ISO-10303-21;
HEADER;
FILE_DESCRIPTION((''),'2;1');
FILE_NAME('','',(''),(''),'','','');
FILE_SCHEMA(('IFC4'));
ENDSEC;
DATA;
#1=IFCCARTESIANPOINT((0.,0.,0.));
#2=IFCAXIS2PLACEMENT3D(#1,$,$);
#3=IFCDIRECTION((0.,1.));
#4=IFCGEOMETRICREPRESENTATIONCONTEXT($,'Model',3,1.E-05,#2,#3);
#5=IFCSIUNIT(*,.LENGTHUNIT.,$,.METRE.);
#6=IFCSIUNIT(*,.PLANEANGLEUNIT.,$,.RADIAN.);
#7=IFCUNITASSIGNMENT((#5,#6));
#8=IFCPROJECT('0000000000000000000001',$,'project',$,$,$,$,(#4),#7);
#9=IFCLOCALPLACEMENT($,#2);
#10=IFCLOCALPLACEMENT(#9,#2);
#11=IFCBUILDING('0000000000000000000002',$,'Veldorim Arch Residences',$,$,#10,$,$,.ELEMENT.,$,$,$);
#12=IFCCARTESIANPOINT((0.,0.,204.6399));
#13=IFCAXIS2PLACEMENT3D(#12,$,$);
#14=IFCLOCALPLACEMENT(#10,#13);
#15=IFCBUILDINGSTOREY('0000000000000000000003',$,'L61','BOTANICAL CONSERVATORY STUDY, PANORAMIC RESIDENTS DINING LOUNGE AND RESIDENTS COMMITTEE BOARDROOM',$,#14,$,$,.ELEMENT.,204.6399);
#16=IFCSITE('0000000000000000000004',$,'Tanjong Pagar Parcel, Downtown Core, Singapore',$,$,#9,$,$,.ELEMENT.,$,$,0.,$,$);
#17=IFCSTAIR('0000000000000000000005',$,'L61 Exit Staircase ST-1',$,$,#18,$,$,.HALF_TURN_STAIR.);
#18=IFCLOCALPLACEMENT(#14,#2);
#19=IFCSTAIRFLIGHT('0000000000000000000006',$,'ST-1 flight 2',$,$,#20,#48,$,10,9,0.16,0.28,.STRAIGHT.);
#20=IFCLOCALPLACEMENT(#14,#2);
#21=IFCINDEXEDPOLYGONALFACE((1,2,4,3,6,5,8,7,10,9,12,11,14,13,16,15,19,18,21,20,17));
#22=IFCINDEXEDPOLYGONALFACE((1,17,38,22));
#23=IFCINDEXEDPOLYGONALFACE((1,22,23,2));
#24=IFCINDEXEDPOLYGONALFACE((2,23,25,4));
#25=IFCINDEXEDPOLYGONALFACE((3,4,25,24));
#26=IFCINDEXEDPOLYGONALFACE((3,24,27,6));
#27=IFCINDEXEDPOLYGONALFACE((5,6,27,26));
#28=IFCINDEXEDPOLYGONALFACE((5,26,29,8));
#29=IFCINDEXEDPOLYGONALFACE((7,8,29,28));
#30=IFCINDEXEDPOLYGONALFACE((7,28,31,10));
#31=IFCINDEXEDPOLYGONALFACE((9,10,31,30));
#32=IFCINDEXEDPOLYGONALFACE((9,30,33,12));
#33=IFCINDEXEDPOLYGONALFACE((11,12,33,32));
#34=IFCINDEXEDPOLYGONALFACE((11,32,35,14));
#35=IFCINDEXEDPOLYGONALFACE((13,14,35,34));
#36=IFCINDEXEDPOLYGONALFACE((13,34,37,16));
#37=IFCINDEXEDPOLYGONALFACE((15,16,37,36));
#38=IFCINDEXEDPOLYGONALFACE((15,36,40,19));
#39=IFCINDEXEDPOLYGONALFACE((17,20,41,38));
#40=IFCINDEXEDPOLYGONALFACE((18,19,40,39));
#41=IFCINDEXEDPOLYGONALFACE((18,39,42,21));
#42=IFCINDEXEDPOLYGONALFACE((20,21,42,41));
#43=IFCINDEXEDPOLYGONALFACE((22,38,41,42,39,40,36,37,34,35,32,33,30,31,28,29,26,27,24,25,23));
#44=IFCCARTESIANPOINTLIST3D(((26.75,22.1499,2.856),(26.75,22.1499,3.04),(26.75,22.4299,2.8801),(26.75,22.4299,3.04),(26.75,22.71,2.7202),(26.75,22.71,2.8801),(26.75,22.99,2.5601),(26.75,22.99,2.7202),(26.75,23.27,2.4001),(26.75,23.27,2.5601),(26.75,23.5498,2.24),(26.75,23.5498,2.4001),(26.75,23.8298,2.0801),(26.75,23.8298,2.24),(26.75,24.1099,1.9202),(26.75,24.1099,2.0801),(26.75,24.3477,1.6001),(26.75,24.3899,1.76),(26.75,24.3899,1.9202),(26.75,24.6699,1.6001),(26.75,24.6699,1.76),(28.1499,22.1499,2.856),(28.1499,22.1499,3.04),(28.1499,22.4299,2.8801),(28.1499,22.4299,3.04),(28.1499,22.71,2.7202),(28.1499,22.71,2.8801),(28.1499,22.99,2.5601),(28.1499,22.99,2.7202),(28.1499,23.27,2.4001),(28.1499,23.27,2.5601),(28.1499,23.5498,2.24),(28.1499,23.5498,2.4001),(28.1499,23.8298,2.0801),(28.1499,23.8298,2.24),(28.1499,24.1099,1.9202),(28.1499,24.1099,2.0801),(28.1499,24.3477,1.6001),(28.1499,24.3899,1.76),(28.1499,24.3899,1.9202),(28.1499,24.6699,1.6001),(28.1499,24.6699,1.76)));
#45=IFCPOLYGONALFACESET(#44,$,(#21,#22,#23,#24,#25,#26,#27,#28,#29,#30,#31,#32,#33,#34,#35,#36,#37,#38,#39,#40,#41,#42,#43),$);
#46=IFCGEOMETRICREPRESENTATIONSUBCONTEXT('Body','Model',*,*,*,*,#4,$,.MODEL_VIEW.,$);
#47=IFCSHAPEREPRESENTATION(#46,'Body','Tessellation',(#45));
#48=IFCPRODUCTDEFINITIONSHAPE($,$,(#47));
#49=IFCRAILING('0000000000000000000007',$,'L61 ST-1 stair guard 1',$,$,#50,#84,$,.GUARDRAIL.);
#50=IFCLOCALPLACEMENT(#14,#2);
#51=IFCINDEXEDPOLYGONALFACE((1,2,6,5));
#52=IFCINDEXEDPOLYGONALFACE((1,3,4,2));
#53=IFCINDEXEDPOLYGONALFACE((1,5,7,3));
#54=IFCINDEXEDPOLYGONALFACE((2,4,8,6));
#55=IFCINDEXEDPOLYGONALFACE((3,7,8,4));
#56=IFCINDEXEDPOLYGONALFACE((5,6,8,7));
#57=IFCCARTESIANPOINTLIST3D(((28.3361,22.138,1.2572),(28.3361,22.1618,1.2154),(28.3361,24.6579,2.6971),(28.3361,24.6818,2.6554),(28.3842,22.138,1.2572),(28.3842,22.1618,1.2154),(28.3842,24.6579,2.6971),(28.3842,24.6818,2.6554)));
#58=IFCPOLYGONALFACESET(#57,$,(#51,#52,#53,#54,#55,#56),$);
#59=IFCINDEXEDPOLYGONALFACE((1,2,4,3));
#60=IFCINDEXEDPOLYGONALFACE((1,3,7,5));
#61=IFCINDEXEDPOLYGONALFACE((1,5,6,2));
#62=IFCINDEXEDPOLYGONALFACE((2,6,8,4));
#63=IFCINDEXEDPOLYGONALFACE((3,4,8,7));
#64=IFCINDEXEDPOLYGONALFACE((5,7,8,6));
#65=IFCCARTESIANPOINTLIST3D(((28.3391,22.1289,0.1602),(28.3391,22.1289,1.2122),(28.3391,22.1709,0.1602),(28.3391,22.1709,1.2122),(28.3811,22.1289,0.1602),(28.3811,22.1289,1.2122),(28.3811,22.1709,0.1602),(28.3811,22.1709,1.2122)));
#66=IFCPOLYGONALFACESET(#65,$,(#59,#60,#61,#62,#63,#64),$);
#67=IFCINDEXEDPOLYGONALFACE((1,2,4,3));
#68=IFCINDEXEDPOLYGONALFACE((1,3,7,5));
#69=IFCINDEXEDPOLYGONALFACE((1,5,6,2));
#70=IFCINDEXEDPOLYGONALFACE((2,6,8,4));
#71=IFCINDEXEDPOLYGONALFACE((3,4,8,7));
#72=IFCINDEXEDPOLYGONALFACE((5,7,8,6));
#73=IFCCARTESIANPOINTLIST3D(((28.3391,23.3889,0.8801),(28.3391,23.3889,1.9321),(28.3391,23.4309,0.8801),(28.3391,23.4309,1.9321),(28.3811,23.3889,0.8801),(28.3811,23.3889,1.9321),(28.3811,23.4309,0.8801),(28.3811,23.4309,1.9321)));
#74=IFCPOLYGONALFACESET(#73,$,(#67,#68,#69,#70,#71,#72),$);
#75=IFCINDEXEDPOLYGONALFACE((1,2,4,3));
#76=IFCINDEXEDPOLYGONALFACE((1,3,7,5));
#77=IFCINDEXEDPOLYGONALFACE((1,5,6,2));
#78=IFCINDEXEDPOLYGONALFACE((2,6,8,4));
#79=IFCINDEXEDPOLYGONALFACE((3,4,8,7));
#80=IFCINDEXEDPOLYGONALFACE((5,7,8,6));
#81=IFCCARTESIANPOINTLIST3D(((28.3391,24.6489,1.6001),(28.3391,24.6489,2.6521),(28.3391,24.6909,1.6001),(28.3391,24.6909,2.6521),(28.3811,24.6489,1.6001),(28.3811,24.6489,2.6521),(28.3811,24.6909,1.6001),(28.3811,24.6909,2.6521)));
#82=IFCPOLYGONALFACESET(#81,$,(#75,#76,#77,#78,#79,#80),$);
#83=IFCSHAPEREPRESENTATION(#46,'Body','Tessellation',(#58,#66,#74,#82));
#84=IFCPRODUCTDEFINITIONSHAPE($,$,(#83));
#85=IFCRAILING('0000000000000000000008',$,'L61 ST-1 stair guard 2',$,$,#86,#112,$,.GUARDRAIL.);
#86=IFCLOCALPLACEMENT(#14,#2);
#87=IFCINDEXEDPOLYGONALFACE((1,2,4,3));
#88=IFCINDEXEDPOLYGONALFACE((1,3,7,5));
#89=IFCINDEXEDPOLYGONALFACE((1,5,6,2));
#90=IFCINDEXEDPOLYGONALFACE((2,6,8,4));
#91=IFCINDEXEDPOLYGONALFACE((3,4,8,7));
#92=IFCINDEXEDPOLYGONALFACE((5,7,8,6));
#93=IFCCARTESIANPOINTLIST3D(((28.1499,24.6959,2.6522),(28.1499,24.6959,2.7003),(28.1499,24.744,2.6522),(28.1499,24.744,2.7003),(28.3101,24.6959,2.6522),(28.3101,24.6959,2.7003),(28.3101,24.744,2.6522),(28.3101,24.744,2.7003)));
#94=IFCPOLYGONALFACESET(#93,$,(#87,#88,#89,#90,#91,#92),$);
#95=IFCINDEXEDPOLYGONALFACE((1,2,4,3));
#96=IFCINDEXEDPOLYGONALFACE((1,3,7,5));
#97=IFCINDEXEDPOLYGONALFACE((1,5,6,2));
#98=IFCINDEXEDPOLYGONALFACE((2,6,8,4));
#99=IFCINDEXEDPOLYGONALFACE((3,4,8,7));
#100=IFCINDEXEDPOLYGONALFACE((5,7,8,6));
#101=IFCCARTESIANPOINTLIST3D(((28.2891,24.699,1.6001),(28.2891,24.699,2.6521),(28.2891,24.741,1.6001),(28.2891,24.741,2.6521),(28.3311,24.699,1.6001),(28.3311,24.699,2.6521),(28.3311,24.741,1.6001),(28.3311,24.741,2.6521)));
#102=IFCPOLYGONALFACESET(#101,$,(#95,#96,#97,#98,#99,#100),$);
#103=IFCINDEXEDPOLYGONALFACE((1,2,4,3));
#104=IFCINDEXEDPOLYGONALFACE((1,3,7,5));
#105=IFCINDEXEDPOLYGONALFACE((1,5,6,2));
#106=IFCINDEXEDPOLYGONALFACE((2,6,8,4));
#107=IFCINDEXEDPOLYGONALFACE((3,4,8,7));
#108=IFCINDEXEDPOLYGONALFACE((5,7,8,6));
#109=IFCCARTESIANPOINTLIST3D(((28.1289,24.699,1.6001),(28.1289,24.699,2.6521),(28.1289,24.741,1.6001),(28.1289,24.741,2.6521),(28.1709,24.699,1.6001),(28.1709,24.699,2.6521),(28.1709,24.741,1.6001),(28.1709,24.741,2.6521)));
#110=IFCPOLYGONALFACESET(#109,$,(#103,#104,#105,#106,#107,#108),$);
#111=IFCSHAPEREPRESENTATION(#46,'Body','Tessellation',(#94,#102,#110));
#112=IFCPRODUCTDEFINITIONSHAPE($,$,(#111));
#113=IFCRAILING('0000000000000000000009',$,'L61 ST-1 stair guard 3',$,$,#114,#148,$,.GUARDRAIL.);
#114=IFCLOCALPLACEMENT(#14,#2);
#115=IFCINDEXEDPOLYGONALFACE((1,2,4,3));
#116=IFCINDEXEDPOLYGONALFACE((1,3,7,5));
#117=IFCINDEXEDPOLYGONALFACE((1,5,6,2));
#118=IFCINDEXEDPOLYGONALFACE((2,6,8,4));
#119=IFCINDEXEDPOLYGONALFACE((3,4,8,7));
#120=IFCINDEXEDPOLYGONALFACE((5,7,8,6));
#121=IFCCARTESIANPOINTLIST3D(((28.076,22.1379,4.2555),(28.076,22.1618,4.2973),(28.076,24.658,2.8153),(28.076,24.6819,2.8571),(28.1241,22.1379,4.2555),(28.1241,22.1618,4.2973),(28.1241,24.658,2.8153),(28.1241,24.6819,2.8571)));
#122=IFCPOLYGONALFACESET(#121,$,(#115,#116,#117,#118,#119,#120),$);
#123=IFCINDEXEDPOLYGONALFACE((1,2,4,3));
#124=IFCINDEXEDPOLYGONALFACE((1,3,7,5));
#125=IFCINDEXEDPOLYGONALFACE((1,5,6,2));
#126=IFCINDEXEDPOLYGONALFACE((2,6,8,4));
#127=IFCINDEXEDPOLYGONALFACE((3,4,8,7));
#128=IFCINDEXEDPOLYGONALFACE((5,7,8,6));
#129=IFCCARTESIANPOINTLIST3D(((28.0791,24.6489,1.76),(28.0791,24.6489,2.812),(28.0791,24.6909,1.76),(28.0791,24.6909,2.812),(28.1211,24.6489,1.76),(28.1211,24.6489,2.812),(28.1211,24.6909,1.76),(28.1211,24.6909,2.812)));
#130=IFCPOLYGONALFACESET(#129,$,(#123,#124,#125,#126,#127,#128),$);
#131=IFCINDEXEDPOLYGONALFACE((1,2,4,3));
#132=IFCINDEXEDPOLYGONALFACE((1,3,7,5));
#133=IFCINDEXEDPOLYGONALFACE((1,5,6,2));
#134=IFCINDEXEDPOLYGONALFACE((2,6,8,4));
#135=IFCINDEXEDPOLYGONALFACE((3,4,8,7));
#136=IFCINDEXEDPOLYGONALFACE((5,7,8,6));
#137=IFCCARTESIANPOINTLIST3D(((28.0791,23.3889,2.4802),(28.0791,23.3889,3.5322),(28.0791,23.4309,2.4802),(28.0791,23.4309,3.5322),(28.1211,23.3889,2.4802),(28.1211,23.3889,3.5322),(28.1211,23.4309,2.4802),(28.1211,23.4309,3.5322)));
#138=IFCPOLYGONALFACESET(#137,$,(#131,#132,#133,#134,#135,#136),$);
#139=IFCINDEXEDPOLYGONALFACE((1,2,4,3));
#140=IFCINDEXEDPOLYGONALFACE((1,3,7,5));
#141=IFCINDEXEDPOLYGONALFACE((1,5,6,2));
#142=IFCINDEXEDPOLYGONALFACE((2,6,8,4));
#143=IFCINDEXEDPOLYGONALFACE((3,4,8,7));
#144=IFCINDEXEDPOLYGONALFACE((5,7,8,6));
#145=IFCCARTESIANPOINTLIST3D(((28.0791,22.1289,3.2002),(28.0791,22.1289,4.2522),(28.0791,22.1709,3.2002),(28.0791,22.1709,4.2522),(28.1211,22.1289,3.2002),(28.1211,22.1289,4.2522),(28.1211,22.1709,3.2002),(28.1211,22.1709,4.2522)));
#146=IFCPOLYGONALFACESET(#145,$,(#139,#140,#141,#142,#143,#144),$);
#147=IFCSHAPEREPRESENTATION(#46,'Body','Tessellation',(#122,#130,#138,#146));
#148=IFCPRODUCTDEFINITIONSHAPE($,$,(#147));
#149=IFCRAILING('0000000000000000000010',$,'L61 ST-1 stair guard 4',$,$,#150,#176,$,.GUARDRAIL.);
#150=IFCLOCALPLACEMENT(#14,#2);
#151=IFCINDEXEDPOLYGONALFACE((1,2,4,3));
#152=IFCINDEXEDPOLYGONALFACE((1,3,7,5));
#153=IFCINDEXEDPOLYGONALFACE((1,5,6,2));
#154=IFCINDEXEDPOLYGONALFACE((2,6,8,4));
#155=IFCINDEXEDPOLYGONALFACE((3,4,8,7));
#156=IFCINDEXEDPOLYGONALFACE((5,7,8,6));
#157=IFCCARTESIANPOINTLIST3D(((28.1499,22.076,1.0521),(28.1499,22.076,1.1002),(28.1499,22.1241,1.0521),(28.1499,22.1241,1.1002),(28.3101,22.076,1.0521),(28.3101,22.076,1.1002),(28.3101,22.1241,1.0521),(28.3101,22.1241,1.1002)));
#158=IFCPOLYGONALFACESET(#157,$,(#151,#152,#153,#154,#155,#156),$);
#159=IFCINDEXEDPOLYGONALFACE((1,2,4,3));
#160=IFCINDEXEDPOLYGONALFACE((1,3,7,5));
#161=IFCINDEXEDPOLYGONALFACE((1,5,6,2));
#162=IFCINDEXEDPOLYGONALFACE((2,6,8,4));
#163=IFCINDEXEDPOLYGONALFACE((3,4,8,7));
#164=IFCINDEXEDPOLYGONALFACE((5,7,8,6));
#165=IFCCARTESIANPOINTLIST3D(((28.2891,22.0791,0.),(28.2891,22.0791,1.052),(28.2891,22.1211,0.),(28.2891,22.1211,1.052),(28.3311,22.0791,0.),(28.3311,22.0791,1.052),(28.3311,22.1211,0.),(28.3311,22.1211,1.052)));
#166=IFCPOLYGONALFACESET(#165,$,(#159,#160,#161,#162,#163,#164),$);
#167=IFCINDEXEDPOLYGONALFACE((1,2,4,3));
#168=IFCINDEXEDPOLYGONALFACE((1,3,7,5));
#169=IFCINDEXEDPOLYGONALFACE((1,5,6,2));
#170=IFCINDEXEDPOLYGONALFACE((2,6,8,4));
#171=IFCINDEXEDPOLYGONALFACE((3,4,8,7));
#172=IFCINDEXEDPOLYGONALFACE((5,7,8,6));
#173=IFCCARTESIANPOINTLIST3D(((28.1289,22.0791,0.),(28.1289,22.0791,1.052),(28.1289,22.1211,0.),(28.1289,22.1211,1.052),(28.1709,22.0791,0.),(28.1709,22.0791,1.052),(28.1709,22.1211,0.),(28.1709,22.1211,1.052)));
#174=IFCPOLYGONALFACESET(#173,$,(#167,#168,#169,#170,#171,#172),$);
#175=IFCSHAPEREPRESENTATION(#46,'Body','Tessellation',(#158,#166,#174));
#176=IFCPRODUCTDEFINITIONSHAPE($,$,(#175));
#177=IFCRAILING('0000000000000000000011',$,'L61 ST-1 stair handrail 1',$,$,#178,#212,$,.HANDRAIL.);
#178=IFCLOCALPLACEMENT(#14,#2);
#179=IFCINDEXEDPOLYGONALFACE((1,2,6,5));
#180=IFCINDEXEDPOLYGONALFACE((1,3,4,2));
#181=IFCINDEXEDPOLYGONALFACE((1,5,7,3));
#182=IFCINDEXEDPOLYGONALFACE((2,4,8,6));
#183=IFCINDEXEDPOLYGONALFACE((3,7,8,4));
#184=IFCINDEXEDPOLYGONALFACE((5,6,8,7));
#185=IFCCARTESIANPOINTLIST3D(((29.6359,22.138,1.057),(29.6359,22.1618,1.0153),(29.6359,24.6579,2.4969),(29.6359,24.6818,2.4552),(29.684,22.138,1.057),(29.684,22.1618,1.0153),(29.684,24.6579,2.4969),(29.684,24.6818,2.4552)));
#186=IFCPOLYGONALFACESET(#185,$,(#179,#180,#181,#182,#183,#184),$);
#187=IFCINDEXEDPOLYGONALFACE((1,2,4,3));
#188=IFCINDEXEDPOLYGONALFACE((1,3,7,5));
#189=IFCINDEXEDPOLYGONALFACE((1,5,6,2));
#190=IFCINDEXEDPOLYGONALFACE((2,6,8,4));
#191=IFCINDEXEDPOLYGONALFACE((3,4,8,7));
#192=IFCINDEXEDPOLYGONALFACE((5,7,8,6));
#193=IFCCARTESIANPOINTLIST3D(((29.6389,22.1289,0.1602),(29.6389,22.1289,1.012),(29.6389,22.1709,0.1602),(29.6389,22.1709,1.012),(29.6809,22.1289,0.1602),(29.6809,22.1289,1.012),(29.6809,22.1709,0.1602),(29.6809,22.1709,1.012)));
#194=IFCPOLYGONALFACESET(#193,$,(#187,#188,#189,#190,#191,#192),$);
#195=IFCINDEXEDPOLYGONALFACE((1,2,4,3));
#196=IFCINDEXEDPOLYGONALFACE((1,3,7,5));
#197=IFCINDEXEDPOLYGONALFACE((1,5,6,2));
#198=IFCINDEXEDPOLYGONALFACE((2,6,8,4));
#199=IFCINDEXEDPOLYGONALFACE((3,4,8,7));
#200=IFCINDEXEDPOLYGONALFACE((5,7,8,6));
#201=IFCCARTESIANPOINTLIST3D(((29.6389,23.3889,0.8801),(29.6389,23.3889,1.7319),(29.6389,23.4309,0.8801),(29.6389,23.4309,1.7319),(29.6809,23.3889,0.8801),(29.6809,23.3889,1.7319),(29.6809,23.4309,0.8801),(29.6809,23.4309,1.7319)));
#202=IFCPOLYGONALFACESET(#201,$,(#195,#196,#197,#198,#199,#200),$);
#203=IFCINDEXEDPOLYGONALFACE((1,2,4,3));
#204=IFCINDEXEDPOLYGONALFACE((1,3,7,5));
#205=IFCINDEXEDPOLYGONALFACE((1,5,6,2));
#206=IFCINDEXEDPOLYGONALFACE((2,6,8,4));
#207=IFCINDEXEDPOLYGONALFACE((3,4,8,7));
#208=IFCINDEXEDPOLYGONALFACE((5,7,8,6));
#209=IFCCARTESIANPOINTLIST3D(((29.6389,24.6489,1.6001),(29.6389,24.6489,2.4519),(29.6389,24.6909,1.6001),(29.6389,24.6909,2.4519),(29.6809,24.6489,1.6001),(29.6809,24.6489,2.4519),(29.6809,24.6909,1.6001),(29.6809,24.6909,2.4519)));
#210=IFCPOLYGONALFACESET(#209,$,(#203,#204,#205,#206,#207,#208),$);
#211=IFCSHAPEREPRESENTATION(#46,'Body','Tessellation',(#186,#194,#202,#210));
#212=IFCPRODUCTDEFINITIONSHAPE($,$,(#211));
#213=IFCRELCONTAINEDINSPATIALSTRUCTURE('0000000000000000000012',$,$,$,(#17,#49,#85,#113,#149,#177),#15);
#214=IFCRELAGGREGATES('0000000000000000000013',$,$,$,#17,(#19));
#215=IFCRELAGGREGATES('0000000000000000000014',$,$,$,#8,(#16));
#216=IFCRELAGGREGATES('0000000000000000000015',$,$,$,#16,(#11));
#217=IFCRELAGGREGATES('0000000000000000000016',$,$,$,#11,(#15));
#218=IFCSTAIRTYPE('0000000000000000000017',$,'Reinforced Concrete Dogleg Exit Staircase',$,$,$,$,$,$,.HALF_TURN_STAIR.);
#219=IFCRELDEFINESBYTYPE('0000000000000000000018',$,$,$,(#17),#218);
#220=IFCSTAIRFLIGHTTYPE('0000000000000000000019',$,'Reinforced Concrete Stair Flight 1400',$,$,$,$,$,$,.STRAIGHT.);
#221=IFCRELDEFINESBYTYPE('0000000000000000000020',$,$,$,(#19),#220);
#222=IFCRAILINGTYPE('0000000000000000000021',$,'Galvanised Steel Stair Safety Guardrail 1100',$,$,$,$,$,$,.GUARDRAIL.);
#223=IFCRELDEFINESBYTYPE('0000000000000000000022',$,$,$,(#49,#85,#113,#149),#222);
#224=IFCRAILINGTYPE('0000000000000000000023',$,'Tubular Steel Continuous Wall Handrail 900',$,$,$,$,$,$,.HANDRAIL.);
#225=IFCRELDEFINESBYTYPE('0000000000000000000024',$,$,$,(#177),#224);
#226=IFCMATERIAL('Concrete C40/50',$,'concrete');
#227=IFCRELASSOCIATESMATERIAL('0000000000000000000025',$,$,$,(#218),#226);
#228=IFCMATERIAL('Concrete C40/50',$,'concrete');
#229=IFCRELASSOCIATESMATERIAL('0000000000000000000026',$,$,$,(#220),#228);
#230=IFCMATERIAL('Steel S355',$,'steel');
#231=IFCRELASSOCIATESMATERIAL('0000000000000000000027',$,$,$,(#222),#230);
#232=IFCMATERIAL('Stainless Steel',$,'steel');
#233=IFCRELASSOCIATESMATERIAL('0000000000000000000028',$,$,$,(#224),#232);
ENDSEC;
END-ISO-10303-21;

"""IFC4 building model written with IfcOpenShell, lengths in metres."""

from ifc_helpers import new_model, si_unit, direction, frame, origin, origin_2d, place, context, subcontext, project, spatial, polyline, rectangle, outline, extrude, material, type_object, element, aggregate, save


model = new_model("IFC4")

# Units and contexts
model_context = context("Model", 3, precision=1e-05, world=origin(), true_north=direction((0.0, 1.0)))
body_context = subcontext(model_context, "Body", "Model", "MODEL_VIEW")
ifc_project = project(units=[si_unit("LENGTHUNIT", "METRE"), si_unit("PLANEANGLEUNIT", "RADIAN")], contexts=[model_context])

# Site, building, storey
site_placement = place(None, origin())
site = spatial("IfcSite", under=ifc_project, at=site_placement, Name="Tanjong Pagar Parcel, Downtown Core, Singapore", CompositionType="ELEMENT", RefElevation=0.0)
building_placement = place(site_placement, origin())
building = spatial("IfcBuilding", under=site, at=building_placement, Name="Veldorim Arch Residences", CompositionType="ELEMENT")
storey_placement = place(building_placement, frame((0.0, 0.0, 204.6399)))
storey = spatial("IfcBuildingStorey", under=building, at=storey_placement, Name="L61", Description="BOTANICAL CONSERVATORY STUDY, PANORAMIC RESIDENTS DINING LOUNGE AND RESIDENTS COMMITTEE BOARDROOM", CompositionType="ELEMENT", Elevation=204.6399)

# Stair, stair flight
ifc_material_1 = material(Name="Concrete C40/50", Category="concrete")
stair_type = type_object("IfcStairType", Name="Reinforced Concrete Dogleg Exit Staircase", PredefinedType="HALF_TURN_STAIR", material=ifc_material_1)
stair_placement = place(storey_placement, origin())
stair = element("IfcStair", 1, at=stair_placement, inside=storey, type_object=stair_type, Name="L61 Exit Staircase ST-1", PredefinedType="HALF_TURN_STAIR")
ifc_material_2 = material(Name="Concrete C40/50", Category="concrete")
stair_flight_type = type_object("IfcStairFlightType", Name="Reinforced Concrete Stair Flight 1400", PredefinedType="STRAIGHT", material=ifc_material_2)
stair_flight_1_placement = place(storey_placement, frame((27.45, 24.6699, 1.6001), z_axis=(0.0, 0.0, 1.0), x_axis=(0.0, -1.0, 0.0)))
stair_flight_1 = element("IfcStairFlight", 2, at=stair_flight_1_placement, type_object=stair_flight_type, Name="ST-1 flight 2", NumberOfRisers=10, NumberOfTreads=9, PredefinedType="STRAIGHT", RiserHeight=0.16, TreadLength=0.28, context=body_context, shape_type="SweptSolid", body=[
    extrude(outline(polyline([(0.0, 0.0), (0.0, 0.1599), (0.28, 0.1599), (0.28, 0.3201), (0.5601, 0.3201), (0.5601, 0.48), (0.8401, 0.48), (0.8401, 0.6399), (1.1201, 0.6399), (1.1201, 0.8), (1.3999, 0.8), (1.3999, 0.96), (1.6799, 0.96), (1.6799, 1.1201), (1.96, 1.1201), (1.96, 1.28), (2.24, 1.28), (2.24, 1.4399), (2.52, 1.4399), (2.52, 1.6001), (2.52, 1.2559), (0.3223, 0.0), (0.0, 0.0)])), frame((0.0, 0.7, 0.0), z_axis=(0.0, -1.0, 0.0), x_axis=(1.0, 0.0, 0.0)), (0.0, 0.0, 1.0), 1.3999),
])
aggregate(stair, [stair_flight_1])

# Railings
ifc_material_3 = material(Name="Steel S355", Category="steel")
railing_type_1 = type_object("IfcRailingType", Name="Galvanised Steel Stair Safety Guardrail 1100", PredefinedType="GUARDRAIL", material=ifc_material_3)
railing_1_placement = place(storey_placement, frame((28.3601, 22.1499, 0.1602)))
element("IfcRailing", 3, at=railing_1_placement, inside=storey, type_object=railing_type_1, Name="L61 ST-1 stair guard 1", PredefinedType="GUARDRAIL", context=body_context, shape_type="SweptSolid", body=[
    extrude(rectangle(XDim=0.0481, YDim=0.0481, at=origin_2d()), frame((0.0, 0.0, 1.0762), z_axis=(0.0, 0.868253, 0.496121), x_axis=(-1.0, 0.0, 0.0)), (0.0, 0.0, 1.0), 2.9023),
    extrude(rectangle(XDim=0.042, YDim=0.042, at=origin_2d()), origin(), (0.0, 0.0, 1.0), 1.052),
    extrude(rectangle(XDim=0.042, YDim=0.042, at=origin_2d()), frame((0.0, 1.26, 0.72)), (0.0, 0.0, 1.0), 1.052),
    extrude(rectangle(XDim=0.042, YDim=0.042, at=origin_2d()), frame((0.0, 2.52, 1.4399)), (0.0, 0.0, 1.0), 1.052),
])
railing_2_placement = place(storey_placement, frame((28.3101, 24.72, 1.6001)))
element("IfcRailing", 4, at=railing_2_placement, inside=storey, type_object=railing_type_1, Name="L61 ST-1 stair guard 2", PredefinedType="GUARDRAIL", context=body_context, shape_type="SweptSolid", body=[
    extrude(rectangle(XDim=0.0481, YDim=0.0481, at=origin_2d()), frame((0.0, 0.0, 1.0762), z_axis=(-1.0, 0.0, 0.0), x_axis=(0.0, -1.0, 0.0)), (0.0, 0.0, 1.0), 0.1602),
    extrude(rectangle(XDim=0.042, YDim=0.042, at=origin_2d()), origin(), (0.0, 0.0, 1.0), 1.052),
    extrude(rectangle(XDim=0.042, YDim=0.042, at=origin_2d()), frame((-0.1602, 0.0, 0.0)), (0.0, 0.0, 1.0), 1.052),
])
railing_3_placement = place(storey_placement, frame((28.1001, 24.6699, 1.76)))
element("IfcRailing", 5, at=railing_3_placement, inside=storey, type_object=railing_type_1, Name="L61 ST-1 stair guard 3", PredefinedType="GUARDRAIL", context=body_context, shape_type="SweptSolid", body=[
    extrude(rectangle(XDim=0.0481, YDim=0.0481, at=origin_2d()), frame((0.0, 0.0, 1.0762), z_axis=(0.0, -0.868217, 0.496184), x_axis=(1.0, 0.0, 0.0)), (0.0, 0.0, 1.0), 2.9026),
    extrude(rectangle(XDim=0.042, YDim=0.042, at=origin_2d()), origin(), (0.0, 0.0, 1.0), 1.052),
    extrude(rectangle(XDim=0.042, YDim=0.042, at=origin_2d()), frame((0.0, -1.26, 0.7202)), (0.0, 0.0, 1.0), 1.052),
    extrude(rectangle(XDim=0.042, YDim=0.042, at=origin_2d()), frame((0.0, -2.52, 1.4402)), (0.0, 0.0, 1.0), 1.052),
])
railing_4_placement = place(storey_placement, frame((28.3101, 22.1001, 0.0)))
element("IfcRailing", 6, at=railing_4_placement, inside=storey, type_object=railing_type_1, Name="L61 ST-1 stair guard 4", PredefinedType="GUARDRAIL", context=body_context, shape_type="SweptSolid", body=[
    extrude(rectangle(XDim=0.0481, YDim=0.0481, at=origin_2d()), frame((0.0, 0.0, 1.0762), z_axis=(-1.0, 0.0, 0.0), x_axis=(0.0, -1.0, 0.0)), (0.0, 0.0, 1.0), 0.1602),
    extrude(rectangle(XDim=0.042, YDim=0.042, at=origin_2d()), origin(), (0.0, 0.0, 1.0), 1.052),
    extrude(rectangle(XDim=0.042, YDim=0.042, at=origin_2d()), frame((-0.1602, 0.0, 0.0)), (0.0, 0.0, 1.0), 1.052),
])
ifc_material_4 = material(Name="Stainless Steel", Category="steel")
railing_type_2 = type_object("IfcRailingType", Name="Tubular Steel Continuous Wall Handrail 900", PredefinedType="HANDRAIL", material=ifc_material_4)
railing_5_placement = place(storey_placement, frame((29.6599, 22.1499, 0.1602)))
element("IfcRailing", 7, at=railing_5_placement, inside=storey, type_object=railing_type_2, Name="L61 ST-1 stair handrail 1", PredefinedType="HANDRAIL", context=body_context, shape_type="SweptSolid", body=[
    extrude(rectangle(XDim=0.0481, YDim=0.0481, at=origin_2d()), frame((0.0, 0.0, 0.876), z_axis=(0.0, 0.868253, 0.496121), x_axis=(-1.0, 0.0, 0.0)), (0.0, 0.0, 1.0), 2.9023),
    extrude(rectangle(XDim=0.042, YDim=0.042, at=origin_2d()), origin(), (0.0, 0.0, 1.0), 0.8518),
    extrude(rectangle(XDim=0.042, YDim=0.042, at=origin_2d()), frame((0.0, 1.26, 0.72)), (0.0, 0.0, 1.0), 0.8518),
    extrude(rectangle(XDim=0.042, YDim=0.042, at=origin_2d()), frame((0.0, 2.52, 1.4399)), (0.0, 0.0, 1.0), 0.8518),
])

save(model, "model.ifc")
